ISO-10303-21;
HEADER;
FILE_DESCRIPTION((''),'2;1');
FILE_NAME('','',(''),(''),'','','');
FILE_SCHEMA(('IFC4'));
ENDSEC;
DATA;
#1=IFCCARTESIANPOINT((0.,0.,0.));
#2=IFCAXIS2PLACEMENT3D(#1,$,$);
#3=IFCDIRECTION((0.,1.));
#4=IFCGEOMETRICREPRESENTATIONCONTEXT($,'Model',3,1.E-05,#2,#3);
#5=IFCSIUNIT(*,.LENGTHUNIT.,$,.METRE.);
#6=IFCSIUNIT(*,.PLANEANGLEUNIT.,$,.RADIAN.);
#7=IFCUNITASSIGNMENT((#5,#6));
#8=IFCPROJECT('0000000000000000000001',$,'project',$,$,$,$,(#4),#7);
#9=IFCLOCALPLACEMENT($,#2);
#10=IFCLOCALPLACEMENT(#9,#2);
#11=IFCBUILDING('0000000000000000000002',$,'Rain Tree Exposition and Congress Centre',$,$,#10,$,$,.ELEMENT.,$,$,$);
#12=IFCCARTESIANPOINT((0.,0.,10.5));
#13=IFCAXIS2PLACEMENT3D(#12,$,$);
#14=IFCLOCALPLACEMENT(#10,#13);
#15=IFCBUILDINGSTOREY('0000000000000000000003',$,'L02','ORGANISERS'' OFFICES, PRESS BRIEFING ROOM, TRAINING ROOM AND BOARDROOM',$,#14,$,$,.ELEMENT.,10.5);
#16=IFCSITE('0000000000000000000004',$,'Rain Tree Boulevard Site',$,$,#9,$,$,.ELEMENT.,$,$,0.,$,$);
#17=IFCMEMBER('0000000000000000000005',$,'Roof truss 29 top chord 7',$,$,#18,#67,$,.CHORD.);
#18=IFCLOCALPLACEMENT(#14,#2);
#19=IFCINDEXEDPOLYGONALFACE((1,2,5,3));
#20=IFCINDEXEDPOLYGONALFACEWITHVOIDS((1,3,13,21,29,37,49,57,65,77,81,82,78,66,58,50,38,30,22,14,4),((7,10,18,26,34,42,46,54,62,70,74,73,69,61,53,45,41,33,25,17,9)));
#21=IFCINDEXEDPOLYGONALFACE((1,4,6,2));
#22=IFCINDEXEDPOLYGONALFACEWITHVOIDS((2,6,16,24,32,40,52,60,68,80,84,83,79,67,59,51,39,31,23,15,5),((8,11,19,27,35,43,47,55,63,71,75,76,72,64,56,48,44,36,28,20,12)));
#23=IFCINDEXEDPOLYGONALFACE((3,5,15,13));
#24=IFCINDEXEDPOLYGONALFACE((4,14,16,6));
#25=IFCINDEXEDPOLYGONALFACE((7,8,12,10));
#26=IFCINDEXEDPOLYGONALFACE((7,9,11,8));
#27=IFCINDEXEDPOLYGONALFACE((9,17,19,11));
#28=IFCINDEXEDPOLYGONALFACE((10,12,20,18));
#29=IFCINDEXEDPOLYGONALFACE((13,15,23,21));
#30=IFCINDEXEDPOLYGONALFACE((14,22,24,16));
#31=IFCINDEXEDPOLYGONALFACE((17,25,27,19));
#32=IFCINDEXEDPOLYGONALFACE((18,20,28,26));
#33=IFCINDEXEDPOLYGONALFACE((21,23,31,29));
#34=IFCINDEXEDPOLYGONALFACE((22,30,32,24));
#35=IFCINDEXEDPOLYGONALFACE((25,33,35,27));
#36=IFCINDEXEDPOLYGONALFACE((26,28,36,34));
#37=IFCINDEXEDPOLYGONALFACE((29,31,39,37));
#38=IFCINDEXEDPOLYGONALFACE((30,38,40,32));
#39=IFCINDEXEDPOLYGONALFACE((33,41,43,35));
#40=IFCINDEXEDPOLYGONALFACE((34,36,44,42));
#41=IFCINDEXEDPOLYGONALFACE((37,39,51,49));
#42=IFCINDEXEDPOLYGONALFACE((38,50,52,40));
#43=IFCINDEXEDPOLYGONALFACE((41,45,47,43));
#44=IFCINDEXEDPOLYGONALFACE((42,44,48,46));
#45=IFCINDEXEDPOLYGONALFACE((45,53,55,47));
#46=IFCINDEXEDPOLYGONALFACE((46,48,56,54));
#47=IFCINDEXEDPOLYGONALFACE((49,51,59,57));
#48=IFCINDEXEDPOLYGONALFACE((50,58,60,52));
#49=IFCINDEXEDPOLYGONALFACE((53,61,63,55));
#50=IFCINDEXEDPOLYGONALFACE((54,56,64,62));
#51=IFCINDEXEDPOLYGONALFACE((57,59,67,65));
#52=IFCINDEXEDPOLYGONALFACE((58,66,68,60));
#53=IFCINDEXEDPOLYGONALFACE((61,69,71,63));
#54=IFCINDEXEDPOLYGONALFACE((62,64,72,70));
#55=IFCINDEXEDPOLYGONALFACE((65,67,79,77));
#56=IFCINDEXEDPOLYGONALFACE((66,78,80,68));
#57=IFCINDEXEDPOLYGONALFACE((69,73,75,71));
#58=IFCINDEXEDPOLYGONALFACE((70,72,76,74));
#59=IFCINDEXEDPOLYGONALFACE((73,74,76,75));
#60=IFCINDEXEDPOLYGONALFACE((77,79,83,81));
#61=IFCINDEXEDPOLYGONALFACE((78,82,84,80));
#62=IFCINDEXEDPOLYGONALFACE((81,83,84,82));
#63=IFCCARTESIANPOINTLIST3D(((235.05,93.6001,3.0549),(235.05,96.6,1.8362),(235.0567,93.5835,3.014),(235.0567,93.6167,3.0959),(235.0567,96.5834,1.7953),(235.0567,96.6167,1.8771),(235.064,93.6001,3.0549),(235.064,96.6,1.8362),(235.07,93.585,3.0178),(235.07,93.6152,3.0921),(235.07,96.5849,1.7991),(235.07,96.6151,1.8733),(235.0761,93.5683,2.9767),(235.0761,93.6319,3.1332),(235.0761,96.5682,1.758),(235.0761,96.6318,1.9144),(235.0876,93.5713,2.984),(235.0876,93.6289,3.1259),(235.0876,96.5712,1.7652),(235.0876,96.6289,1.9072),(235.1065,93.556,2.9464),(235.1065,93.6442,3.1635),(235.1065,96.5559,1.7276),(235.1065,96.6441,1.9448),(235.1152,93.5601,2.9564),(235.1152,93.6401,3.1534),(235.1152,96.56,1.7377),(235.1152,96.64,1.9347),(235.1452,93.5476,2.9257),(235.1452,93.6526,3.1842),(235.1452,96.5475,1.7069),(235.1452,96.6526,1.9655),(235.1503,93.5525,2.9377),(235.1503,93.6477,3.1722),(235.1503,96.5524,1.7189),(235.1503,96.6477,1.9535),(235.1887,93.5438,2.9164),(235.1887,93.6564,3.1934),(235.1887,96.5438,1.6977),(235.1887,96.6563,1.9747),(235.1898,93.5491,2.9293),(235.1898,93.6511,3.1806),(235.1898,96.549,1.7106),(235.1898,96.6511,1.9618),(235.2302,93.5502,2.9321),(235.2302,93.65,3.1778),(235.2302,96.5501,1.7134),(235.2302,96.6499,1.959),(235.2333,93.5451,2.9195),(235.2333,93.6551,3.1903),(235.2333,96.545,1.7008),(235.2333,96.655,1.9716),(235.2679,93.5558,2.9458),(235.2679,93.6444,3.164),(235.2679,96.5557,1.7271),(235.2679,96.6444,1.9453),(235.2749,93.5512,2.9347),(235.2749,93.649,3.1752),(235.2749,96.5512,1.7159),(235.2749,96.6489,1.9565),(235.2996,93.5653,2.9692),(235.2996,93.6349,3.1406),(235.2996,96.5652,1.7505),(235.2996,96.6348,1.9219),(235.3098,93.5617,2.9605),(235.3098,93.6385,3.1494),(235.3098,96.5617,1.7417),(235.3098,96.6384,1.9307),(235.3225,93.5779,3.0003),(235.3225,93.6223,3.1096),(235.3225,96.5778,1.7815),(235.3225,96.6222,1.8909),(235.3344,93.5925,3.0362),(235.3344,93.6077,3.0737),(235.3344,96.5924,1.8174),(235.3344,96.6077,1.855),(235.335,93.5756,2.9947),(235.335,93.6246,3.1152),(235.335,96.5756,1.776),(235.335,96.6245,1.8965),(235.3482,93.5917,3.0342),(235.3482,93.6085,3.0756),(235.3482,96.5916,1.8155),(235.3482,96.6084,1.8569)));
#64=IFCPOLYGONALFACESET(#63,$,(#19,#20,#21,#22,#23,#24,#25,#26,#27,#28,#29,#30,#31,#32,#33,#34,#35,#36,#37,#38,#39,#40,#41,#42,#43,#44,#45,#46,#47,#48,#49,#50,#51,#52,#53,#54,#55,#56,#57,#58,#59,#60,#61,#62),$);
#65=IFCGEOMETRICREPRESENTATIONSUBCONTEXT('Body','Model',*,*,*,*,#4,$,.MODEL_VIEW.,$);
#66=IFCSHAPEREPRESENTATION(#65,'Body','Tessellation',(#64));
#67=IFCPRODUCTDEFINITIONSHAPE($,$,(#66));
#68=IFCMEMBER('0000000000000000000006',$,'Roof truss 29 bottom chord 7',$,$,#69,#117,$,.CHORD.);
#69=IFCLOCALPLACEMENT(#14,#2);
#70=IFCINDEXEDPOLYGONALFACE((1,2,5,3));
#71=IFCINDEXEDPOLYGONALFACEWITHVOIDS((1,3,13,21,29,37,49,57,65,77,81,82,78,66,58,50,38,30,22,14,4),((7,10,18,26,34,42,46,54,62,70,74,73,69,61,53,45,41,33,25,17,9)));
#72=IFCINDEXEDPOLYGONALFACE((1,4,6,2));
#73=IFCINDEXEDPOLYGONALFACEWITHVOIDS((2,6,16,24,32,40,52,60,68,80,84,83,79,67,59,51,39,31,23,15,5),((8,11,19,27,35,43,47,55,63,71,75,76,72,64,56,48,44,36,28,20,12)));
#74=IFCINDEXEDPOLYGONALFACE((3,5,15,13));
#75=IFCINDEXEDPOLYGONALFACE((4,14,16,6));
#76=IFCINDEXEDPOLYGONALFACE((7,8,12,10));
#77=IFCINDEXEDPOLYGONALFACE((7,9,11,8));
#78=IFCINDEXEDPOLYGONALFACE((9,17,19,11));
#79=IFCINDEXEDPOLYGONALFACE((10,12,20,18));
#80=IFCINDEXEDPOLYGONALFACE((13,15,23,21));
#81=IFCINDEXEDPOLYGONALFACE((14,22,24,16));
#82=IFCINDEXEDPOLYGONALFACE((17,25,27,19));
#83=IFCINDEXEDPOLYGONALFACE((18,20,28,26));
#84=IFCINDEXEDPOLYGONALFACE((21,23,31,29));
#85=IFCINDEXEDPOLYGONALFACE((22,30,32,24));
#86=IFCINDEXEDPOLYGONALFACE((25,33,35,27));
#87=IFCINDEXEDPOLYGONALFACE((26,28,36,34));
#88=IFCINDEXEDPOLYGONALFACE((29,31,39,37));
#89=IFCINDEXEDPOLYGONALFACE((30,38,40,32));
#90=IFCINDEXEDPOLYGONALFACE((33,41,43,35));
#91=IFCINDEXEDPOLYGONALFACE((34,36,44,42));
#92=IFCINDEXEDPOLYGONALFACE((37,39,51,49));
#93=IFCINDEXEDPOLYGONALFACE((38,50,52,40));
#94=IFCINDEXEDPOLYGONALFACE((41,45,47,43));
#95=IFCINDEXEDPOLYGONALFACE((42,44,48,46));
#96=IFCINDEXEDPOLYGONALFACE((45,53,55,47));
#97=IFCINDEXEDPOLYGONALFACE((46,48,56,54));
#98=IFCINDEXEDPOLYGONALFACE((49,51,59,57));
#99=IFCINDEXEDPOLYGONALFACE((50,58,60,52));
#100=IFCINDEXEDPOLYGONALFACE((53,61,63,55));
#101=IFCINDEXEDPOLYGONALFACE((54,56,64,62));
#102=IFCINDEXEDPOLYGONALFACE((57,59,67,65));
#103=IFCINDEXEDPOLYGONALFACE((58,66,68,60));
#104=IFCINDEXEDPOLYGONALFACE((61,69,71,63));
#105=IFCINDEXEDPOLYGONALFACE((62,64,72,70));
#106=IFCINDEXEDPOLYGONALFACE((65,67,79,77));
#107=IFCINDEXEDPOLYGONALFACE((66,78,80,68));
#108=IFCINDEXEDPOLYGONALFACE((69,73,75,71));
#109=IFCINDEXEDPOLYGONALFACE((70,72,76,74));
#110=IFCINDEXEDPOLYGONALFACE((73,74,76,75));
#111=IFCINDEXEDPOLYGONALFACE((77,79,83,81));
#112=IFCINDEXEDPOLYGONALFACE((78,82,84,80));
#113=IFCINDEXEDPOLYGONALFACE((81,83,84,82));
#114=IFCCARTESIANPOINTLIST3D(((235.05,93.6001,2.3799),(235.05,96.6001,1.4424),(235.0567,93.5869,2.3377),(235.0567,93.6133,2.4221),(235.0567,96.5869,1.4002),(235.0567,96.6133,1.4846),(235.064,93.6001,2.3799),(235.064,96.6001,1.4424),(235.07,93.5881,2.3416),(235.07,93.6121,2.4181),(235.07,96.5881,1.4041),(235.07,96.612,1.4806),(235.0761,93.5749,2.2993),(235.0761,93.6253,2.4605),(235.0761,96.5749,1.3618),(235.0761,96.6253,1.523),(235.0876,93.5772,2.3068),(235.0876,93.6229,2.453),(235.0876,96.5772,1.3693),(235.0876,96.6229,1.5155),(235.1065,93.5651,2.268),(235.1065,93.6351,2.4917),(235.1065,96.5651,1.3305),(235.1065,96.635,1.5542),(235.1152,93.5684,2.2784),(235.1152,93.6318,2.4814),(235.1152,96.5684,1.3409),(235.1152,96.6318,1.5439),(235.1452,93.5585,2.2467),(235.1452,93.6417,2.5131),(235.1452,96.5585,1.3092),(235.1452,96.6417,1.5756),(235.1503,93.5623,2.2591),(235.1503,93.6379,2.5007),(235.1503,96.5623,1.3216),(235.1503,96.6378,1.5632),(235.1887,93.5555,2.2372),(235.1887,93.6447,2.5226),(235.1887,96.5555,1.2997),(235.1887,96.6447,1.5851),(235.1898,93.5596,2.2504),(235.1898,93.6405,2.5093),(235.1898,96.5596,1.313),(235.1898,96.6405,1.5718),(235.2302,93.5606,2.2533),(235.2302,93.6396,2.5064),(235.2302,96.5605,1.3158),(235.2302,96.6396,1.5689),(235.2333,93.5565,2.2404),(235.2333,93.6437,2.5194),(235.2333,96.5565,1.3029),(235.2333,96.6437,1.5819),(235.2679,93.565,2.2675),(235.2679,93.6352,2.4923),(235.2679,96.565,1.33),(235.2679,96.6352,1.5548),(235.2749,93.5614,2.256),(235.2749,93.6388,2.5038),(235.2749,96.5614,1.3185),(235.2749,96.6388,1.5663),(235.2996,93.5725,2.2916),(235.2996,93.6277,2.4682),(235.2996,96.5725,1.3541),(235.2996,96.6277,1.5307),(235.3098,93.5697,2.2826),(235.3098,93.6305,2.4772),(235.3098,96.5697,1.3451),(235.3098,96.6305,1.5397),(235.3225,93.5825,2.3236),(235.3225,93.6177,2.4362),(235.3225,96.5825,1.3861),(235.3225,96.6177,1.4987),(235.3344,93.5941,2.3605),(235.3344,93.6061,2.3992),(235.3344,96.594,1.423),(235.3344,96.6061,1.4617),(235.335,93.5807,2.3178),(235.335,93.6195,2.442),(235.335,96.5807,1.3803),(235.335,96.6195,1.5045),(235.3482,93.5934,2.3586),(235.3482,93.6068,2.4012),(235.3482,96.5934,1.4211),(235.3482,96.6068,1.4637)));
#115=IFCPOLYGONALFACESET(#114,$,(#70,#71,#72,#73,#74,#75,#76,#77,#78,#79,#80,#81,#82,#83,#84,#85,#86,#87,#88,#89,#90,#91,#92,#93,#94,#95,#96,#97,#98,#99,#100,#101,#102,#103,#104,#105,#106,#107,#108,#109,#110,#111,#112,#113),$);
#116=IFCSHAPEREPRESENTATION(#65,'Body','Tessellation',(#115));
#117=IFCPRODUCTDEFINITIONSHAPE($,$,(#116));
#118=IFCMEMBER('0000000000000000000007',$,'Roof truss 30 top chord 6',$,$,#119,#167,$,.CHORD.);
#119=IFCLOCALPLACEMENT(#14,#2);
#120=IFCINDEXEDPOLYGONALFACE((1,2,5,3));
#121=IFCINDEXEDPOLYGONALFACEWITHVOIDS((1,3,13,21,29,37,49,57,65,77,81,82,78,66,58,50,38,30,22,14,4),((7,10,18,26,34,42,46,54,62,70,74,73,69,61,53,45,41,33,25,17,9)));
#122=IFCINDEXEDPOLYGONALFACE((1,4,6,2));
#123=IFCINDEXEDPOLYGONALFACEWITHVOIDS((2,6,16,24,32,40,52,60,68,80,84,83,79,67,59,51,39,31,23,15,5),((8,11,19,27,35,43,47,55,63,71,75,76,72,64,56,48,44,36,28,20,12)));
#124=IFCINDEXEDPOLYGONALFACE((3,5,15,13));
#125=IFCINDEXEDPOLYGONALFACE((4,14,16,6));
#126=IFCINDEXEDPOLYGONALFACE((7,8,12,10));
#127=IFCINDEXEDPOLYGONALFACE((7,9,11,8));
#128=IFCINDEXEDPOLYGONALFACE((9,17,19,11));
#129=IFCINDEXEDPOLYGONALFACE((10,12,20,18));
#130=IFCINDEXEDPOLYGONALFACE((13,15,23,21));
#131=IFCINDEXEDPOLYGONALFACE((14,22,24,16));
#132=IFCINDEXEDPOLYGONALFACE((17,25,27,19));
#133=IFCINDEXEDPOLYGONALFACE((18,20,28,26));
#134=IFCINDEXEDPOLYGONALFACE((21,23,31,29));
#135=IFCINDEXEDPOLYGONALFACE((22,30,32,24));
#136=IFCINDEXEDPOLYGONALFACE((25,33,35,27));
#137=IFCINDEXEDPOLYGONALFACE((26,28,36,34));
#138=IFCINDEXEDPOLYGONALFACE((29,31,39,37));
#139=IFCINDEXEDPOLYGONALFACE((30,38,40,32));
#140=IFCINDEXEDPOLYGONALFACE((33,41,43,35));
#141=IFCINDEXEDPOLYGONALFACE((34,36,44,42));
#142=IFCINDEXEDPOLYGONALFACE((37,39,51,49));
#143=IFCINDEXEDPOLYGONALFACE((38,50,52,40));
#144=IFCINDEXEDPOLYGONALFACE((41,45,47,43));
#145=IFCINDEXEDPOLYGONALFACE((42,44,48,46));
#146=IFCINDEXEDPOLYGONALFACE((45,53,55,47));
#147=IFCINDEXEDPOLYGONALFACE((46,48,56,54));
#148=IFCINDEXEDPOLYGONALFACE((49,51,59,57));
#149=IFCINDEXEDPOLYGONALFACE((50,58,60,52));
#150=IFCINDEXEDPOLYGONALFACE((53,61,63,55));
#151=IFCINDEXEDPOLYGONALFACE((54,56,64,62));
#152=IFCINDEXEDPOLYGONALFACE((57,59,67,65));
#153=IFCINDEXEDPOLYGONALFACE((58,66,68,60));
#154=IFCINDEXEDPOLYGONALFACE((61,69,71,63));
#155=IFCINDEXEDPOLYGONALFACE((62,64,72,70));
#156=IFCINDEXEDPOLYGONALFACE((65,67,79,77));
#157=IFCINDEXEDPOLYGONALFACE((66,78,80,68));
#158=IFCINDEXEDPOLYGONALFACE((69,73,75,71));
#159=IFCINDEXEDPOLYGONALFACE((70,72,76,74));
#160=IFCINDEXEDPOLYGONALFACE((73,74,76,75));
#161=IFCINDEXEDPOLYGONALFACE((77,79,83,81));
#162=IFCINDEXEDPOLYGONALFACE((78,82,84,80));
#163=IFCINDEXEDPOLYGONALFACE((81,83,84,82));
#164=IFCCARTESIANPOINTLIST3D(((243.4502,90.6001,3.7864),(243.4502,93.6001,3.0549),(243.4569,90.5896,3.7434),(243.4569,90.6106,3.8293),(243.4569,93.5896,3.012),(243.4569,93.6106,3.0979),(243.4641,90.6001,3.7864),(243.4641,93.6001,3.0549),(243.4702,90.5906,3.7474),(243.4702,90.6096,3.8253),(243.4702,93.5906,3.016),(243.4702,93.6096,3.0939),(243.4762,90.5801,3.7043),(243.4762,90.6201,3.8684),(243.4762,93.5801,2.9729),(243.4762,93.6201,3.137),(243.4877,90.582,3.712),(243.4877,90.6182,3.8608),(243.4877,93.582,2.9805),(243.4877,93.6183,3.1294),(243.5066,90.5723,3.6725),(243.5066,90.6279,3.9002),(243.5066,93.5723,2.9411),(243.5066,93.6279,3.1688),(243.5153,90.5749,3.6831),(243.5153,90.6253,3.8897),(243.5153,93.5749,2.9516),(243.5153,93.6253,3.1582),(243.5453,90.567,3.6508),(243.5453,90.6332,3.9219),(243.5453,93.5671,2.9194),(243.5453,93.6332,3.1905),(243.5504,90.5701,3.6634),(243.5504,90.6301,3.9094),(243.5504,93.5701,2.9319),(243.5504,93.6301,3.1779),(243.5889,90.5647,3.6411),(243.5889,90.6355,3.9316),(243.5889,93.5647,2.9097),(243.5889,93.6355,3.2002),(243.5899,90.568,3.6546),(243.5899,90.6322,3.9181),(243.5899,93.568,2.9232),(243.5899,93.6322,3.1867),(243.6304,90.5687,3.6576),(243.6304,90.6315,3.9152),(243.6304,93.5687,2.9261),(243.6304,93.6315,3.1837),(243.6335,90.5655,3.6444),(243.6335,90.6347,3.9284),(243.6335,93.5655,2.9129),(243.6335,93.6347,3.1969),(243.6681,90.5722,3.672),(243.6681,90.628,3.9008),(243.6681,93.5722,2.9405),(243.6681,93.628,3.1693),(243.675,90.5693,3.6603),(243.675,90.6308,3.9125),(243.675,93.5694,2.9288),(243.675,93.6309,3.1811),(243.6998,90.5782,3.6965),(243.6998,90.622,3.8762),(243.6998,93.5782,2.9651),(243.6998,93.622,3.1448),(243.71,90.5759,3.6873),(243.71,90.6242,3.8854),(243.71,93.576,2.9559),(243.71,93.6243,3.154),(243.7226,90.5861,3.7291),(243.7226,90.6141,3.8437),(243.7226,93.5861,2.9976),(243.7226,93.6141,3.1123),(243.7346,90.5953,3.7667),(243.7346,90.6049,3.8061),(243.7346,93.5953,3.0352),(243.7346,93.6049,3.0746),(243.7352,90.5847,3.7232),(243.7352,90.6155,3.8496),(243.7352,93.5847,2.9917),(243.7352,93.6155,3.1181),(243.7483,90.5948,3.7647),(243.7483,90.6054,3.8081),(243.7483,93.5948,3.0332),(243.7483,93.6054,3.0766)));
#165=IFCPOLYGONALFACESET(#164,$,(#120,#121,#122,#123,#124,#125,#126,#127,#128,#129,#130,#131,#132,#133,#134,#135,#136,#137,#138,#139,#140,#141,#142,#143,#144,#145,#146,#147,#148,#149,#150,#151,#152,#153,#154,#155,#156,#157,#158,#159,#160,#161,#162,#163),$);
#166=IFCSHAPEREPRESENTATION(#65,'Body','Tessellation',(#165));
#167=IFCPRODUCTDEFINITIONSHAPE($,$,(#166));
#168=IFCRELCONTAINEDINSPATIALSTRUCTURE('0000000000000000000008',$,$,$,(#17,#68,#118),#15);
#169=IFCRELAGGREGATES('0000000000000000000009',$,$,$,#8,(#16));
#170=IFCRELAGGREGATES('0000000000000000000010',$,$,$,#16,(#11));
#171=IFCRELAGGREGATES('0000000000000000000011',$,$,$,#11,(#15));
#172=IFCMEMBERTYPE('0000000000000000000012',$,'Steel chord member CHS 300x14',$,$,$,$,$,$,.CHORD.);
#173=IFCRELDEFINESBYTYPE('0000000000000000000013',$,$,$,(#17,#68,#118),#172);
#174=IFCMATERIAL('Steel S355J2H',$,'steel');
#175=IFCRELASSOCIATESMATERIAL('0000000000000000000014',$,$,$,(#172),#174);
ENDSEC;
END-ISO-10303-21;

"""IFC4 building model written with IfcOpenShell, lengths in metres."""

from ifc_helpers import new_model, si_unit, direction, frame, origin, origin_2d, place, context, subcontext, project, spatial, hollow_circle, extrude, material, material_profile, profile_set, type_object, element, save


model = new_model("IFC4")

# Units and contexts
model_context = context("Model", 3, precision=1e-05, world=origin(), true_north=direction((0.0, 1.0)))
body_context = subcontext(model_context, "Body", "Model", "MODEL_VIEW")
ifc_project = project(units=[si_unit("LENGTHUNIT", "METRE"), si_unit("PLANEANGLEUNIT", "RADIAN")], contexts=[model_context])

# Site, building, storey
site_placement = place(None, origin())
site = spatial("IfcSite", under=ifc_project, at=site_placement, Name="Rain Tree Boulevard Site", CompositionType="ELEMENT", RefElevation=0.0)
building_placement = place(site_placement, origin())
building = spatial("IfcBuilding", under=site, at=building_placement, Name="Rain Tree Exposition and Congress Centre", CompositionType="ELEMENT")
storey_placement = place(building_placement, frame((0.0, 0.0, 10.5)))
storey = spatial("IfcBuildingStorey", under=building, at=storey_placement, Name="L02", Description="ORGANISERS' OFFICES, PRESS BRIEFING ROOM, TRAINING ROOM AND BOARDROOM", CompositionType="ELEMENT", Elevation=10.5)

# Members
ifc_material_1 = material(Name="Steel S355J2H", Category="steel")
ifc_material_profile_1 = material_profile(ifc_material_1, hollow_circle(Radius=0.1499, WallThickness=0.0139, at=origin_2d()), Name="CHS 300x14")
ifc_profile_set_1 = profile_set([ifc_material_profile_1], Name="Steel S355J2H")
member_type_1 = type_object("IfcMemberType", Name="Steel chord member CHS 300x14", PredefinedType="CHORD", material=ifc_profile_set_1)
member_1_placement = place(storey_placement, frame((235.2, 93.6001, 3.0549), z_axis=(0.0, 0.926467, -0.376377), x_axis=(-1.0, 0.0, 0.0)))
element("IfcMember", 1, at=member_1_placement, inside=storey, type_object=member_type_1, Name="Roof truss 29 top chord 7", PredefinedType="CHORD", context=body_context, shape_type="SweptSolid", body=[
    extrude(hollow_circle(Radius=0.1499, WallThickness=0.0139, at=origin_2d()), origin(), (0.0, 0.0, 1.0), 3.238),
])
member_2_placement = place(storey_placement, frame((235.2, 93.6001, 2.3799), z_axis=(0.0, 0.95448, -0.298275), x_axis=(-1.0, 0.0, 0.0)))
element("IfcMember", 2, at=member_2_placement, inside=storey, type_object=member_type_1, Name="Roof truss 29 bottom chord 7", PredefinedType="CHORD", context=body_context, shape_type="SweptSolid", body=[
    extrude(hollow_circle(Radius=0.1499, WallThickness=0.0139, at=origin_2d()), origin(), (0.0, 0.0, 1.0), 3.1431),
])
member_3_placement = place(storey_placement, frame((243.6001, 90.6001, 3.7864), z_axis=(0.0, 0.97154, -0.236876), x_axis=(-1.0, 0.0, 0.0)))
element("IfcMember", 3, at=member_3_placement, inside=storey, type_object=member_type_1, Name="Roof truss 30 top chord 6", PredefinedType="CHORD", context=body_context, shape_type="SweptSolid", body=[
    extrude(hollow_circle(Radius=0.1499, WallThickness=0.0139, at=origin_2d()), origin(), (0.0, 0.0, 1.0), 3.0879),
])

save(model, "model.ifc")
